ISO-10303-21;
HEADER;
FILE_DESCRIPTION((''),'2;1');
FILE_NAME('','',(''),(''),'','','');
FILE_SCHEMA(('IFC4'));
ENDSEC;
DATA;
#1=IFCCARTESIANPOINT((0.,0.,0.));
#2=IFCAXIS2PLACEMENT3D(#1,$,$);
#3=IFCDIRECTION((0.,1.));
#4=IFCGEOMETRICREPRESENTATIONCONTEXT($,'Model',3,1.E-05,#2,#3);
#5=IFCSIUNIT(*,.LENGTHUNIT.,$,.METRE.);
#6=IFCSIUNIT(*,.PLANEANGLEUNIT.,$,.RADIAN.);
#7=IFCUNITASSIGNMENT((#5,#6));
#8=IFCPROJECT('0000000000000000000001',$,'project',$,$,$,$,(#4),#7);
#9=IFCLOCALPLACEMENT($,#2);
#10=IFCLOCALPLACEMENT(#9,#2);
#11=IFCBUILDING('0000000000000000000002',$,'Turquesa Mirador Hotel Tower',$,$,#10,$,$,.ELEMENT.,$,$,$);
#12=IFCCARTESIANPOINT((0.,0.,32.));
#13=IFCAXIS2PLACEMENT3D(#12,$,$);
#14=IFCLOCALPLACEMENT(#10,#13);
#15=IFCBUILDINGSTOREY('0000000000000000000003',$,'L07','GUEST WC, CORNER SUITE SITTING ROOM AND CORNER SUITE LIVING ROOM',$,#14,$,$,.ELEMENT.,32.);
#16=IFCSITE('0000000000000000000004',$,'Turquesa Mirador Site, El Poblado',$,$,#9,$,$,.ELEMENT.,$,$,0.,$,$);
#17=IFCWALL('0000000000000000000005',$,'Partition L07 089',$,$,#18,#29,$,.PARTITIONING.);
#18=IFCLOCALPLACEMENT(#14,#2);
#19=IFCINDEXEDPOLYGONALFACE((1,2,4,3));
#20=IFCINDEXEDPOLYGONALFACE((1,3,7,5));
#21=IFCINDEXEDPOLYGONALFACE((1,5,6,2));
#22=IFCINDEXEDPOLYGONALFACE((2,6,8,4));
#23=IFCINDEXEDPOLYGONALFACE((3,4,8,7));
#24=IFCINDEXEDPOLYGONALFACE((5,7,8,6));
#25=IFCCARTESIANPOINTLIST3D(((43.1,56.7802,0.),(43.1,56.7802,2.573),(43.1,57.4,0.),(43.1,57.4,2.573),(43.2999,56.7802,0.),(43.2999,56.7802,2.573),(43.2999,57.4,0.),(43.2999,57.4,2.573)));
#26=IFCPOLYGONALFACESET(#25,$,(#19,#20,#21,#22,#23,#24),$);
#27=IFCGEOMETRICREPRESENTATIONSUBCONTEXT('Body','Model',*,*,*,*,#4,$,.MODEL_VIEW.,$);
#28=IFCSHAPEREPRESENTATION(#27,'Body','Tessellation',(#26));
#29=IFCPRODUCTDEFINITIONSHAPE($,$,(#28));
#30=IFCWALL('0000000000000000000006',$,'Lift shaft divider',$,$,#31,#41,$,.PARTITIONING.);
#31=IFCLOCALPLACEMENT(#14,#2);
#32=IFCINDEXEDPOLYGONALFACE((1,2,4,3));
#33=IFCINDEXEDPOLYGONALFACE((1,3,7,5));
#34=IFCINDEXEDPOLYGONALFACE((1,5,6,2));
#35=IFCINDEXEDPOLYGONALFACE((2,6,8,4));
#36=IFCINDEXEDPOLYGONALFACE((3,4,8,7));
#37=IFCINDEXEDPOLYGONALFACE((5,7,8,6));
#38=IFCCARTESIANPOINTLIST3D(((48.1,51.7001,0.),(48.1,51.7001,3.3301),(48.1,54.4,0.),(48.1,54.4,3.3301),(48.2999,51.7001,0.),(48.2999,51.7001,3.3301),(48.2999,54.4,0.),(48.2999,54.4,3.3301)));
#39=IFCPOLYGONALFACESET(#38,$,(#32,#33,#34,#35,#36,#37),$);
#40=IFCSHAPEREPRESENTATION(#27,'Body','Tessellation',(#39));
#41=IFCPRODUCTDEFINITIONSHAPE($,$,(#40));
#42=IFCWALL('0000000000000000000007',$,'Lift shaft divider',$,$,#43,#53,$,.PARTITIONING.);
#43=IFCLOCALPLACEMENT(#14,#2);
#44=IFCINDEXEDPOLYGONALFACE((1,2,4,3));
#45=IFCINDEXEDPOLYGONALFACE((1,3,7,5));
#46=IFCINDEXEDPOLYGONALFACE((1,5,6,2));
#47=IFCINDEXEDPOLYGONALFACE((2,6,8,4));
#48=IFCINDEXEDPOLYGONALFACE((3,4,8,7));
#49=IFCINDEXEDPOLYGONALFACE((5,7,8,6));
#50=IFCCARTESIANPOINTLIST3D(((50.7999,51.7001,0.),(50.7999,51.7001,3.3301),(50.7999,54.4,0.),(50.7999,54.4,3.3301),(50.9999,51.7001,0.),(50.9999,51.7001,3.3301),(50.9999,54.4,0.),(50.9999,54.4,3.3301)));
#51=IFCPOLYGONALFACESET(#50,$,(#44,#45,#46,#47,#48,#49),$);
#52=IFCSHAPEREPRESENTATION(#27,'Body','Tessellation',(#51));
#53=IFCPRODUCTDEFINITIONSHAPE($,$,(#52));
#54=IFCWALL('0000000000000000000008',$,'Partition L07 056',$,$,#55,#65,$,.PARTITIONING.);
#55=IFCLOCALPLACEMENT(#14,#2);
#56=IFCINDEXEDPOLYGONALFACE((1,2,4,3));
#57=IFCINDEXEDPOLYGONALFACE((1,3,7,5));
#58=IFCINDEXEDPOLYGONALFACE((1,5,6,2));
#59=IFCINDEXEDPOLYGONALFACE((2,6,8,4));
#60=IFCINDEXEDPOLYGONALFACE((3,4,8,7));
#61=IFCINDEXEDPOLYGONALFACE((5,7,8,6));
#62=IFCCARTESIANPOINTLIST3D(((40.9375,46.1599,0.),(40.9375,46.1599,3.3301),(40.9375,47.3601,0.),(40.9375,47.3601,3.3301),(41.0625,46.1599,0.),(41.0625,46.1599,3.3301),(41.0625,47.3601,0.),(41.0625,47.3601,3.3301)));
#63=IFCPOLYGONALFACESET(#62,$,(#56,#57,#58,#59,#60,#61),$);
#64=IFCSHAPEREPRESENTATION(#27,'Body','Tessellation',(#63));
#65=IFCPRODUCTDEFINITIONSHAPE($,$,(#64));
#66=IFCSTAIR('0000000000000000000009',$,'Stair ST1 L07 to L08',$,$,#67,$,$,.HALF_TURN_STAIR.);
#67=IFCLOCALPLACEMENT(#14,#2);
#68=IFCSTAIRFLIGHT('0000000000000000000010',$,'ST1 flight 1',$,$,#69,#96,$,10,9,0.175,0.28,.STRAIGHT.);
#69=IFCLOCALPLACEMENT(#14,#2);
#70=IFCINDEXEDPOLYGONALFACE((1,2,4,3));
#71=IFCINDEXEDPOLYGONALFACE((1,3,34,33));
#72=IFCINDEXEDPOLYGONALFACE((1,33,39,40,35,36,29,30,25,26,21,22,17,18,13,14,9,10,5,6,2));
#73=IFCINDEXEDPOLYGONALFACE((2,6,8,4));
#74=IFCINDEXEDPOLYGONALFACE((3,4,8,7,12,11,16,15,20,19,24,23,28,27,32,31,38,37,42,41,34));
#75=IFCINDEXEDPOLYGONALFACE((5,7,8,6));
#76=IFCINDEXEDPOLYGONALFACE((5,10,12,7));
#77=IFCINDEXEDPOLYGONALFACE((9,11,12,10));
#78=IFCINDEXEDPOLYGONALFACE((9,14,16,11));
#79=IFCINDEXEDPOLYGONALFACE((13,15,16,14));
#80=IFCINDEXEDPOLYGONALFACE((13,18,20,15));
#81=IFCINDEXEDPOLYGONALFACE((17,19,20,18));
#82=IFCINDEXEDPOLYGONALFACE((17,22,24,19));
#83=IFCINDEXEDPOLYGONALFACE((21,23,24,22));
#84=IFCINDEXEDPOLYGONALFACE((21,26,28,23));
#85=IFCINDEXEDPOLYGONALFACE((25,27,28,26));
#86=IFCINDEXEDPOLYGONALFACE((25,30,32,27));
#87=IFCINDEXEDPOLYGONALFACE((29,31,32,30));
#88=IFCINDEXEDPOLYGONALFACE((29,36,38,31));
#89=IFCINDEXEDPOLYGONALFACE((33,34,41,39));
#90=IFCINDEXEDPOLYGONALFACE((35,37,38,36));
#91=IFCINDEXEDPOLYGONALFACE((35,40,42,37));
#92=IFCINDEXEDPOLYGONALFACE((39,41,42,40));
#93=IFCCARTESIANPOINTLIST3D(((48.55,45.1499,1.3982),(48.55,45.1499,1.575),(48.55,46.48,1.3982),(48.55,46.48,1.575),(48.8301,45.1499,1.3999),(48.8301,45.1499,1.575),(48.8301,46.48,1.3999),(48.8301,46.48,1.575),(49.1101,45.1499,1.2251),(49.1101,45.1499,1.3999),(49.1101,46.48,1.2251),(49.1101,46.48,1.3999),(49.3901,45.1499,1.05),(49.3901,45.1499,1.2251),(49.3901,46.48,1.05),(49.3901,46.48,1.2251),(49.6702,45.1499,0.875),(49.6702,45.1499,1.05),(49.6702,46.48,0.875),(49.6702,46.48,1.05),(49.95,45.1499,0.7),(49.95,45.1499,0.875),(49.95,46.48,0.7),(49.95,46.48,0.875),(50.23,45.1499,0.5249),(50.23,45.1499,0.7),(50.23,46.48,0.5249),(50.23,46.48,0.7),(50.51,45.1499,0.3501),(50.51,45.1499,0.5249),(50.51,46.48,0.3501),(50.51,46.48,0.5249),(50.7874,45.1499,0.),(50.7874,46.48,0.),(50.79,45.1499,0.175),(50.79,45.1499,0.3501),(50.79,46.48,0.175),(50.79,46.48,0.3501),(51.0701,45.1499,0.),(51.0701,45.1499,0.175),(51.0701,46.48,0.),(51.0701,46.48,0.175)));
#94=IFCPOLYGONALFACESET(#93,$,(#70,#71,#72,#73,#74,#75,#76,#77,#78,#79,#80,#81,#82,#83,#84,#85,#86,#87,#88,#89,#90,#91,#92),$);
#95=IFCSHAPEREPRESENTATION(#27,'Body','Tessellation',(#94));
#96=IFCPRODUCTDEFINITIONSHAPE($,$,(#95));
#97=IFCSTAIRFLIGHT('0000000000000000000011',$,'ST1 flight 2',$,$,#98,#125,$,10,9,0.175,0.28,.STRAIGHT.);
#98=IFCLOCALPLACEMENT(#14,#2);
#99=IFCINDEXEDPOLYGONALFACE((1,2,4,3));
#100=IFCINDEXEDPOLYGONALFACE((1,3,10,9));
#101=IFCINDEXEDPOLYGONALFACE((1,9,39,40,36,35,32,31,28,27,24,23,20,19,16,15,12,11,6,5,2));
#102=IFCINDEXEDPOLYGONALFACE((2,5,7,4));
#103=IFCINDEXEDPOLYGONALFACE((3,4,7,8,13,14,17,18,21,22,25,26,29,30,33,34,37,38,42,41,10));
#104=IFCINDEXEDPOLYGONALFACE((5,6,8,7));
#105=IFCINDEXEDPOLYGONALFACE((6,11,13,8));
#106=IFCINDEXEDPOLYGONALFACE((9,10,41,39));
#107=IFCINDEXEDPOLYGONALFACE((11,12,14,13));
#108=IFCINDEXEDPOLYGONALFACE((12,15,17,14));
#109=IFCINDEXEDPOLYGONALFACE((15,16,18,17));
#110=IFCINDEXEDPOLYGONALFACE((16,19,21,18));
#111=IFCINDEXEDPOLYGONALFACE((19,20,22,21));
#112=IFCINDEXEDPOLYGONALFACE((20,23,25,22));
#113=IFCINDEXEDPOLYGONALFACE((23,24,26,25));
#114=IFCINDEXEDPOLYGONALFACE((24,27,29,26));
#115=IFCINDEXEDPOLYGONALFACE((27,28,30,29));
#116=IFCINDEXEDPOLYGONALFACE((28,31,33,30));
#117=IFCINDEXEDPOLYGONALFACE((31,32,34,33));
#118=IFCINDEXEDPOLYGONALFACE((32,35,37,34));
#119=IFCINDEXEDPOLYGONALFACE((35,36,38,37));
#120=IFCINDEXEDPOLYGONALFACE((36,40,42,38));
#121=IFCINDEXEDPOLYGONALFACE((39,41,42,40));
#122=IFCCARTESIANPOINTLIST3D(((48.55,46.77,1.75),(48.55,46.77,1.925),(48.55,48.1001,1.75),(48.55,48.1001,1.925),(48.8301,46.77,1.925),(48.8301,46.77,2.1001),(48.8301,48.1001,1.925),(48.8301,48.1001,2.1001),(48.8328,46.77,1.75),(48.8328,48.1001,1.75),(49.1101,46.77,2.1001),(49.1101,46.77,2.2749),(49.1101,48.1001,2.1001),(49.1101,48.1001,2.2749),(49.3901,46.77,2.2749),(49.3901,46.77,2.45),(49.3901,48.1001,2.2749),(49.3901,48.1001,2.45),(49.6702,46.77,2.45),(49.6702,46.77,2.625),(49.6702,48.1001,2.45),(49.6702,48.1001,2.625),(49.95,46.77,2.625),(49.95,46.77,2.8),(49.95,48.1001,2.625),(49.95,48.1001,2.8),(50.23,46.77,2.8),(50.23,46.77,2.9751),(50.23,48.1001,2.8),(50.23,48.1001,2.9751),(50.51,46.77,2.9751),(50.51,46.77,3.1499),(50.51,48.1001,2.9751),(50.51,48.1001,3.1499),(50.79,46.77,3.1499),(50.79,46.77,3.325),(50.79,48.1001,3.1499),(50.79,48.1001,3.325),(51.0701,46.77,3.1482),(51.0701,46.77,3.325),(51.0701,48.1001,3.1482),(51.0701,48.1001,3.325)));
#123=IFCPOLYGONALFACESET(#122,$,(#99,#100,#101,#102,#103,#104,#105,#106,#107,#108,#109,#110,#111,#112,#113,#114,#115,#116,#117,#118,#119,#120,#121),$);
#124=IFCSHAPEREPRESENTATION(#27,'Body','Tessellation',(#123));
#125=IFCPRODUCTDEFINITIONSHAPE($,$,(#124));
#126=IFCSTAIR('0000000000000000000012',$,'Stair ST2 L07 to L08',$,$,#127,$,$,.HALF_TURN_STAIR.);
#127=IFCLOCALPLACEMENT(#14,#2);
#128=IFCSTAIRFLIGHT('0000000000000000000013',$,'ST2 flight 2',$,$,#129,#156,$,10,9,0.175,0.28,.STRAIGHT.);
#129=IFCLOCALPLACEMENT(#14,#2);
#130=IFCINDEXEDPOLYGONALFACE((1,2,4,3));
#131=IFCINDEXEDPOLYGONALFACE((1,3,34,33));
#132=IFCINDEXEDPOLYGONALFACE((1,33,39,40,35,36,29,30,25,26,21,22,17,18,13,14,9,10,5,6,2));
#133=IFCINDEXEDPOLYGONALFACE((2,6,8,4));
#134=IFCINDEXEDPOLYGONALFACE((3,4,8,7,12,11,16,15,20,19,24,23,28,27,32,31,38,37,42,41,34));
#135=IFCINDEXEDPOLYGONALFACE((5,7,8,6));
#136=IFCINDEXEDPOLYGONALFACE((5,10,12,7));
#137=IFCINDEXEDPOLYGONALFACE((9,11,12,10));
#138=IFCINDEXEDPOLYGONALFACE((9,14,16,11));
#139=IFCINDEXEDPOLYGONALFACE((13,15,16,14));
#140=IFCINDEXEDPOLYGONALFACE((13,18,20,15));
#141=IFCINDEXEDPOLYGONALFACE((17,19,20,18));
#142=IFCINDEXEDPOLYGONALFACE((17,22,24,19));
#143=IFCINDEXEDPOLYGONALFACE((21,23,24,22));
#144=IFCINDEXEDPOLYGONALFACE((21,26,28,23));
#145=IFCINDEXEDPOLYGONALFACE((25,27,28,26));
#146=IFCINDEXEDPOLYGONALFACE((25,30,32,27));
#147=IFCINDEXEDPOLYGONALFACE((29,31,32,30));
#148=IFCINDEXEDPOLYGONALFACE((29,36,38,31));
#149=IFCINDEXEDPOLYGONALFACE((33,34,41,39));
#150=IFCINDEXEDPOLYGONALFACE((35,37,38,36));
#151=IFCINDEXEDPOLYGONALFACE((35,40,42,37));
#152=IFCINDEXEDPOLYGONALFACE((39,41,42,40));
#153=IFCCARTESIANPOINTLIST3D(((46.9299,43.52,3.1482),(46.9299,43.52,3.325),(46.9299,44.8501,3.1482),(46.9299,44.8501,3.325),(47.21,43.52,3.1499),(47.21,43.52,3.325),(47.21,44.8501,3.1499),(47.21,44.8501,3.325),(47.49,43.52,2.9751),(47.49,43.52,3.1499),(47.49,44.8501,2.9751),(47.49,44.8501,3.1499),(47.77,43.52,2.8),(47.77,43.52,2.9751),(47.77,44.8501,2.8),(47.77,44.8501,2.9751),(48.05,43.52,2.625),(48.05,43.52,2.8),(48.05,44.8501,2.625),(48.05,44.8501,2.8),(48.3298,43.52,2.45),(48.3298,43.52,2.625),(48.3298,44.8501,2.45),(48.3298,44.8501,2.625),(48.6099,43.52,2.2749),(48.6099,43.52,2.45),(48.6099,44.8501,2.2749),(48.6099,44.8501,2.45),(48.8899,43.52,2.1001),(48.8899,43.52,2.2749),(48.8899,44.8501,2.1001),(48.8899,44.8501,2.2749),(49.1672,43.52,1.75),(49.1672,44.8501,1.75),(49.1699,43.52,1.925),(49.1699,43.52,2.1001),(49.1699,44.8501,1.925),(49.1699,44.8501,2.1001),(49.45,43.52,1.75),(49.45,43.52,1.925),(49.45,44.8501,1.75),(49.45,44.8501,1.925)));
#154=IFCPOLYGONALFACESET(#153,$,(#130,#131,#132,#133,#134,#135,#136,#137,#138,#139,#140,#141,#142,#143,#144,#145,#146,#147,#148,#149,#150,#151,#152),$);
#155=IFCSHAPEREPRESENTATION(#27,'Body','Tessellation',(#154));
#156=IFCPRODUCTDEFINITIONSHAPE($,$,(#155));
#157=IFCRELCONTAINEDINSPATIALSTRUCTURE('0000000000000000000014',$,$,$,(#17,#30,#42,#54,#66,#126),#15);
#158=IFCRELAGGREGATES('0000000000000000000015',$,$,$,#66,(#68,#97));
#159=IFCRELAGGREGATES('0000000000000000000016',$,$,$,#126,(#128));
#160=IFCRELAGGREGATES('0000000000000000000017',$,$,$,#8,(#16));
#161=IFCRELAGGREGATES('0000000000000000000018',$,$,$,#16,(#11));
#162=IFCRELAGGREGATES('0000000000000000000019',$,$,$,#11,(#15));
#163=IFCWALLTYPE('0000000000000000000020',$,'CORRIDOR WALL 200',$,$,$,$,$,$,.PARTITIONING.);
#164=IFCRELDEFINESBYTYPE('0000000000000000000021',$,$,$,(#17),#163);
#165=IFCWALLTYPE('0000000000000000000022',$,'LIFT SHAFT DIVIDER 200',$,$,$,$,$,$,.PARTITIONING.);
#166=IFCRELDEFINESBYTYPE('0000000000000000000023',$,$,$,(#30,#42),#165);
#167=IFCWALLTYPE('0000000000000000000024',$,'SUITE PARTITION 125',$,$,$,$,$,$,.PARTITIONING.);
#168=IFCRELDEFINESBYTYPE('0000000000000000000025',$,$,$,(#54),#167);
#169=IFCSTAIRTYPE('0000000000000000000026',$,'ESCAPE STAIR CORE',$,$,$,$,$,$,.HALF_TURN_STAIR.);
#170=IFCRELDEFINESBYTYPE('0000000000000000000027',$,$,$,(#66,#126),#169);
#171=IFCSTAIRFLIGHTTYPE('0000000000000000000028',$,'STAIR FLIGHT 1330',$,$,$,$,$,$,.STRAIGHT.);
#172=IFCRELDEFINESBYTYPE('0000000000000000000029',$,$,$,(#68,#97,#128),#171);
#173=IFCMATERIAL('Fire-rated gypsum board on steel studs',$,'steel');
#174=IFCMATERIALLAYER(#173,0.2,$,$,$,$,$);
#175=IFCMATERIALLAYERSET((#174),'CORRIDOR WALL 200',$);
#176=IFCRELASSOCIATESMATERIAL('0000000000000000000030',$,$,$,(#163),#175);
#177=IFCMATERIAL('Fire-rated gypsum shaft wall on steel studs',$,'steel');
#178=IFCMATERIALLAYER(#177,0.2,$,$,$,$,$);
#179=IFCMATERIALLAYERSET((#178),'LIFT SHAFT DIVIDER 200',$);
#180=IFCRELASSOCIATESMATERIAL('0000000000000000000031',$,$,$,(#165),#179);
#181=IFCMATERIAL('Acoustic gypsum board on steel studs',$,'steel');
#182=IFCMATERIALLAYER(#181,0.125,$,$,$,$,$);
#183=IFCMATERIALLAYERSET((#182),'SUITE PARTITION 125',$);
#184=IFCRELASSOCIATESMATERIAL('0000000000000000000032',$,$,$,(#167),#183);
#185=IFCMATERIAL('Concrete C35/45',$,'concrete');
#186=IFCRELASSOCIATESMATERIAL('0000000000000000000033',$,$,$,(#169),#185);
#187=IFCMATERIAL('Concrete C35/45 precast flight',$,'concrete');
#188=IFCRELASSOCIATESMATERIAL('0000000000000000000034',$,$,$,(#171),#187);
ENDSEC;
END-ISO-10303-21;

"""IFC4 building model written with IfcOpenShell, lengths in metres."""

from ifc_helpers import new_model, si_unit, direction, frame, frame_2d, origin, place, context, subcontext, project, spatial, polyline, rectangle, outline, extrude, material, layer, layer_set, type_object, element, aggregate, save


model = new_model("IFC4")

# Units and contexts
model_context = context("Model", 3, precision=1e-05, world=origin(), true_north=direction((0.0, 1.0)))
body_context = subcontext(model_context, "Body", "Model", "MODEL_VIEW")
ifc_project = project(units=[si_unit("LENGTHUNIT", "METRE"), si_unit("PLANEANGLEUNIT", "RADIAN")], contexts=[model_context])

# Site, building, storey
site_placement = place(None, origin())
site = spatial("IfcSite", under=ifc_project, at=site_placement, Name="Turquesa Mirador Site, El Poblado", CompositionType="ELEMENT", RefElevation=0.0)
building_placement = place(site_placement, origin())
building = spatial("IfcBuilding", under=site, at=building_placement, Name="Turquesa Mirador Hotel Tower", CompositionType="ELEMENT")
storey_placement = place(building_placement, frame((0.0, 0.0, 32.0)))
storey = spatial("IfcBuildingStorey", under=building, at=storey_placement, Name="L07", Description="GUEST WC, CORNER SUITE SITTING ROOM AND CORNER SUITE LIVING ROOM", CompositionType="ELEMENT", Elevation=32.0)

# Walls
ifc_material_1 = material(Name="Fire-rated gypsum board on steel studs", Category="steel")
ifc_layer_1 = layer(ifc_material_1, 0.2)
ifc_layer_set_1 = layer_set([ifc_layer_1], Name="CORRIDOR WALL 200")
wall_type_1 = type_object("IfcWallType", Name="CORRIDOR WALL 200", PredefinedType="PARTITIONING", material=ifc_layer_set_1)
wall_1_placement = place(storey_placement, frame((43.2, 56.78, 0.0), z_axis=(0.0, 0.0, 1.0), x_axis=(0.0, 1.0, 0.0)))
element("IfcWall", 1, at=wall_1_placement, inside=storey, type_object=wall_type_1, Name="Partition L07 089", PredefinedType="PARTITIONING", context=body_context, shape_type="SweptSolid", body=[
    extrude(rectangle(XDim=0.6199, YDim=0.2, at=frame_2d((0.3101, 0.0))), origin(), (0.0, 0.0, 1.0), 2.573),
])
ifc_material_2 = material(Name="Fire-rated gypsum shaft wall on steel studs", Category="steel")
ifc_layer_2 = layer(ifc_material_2, 0.2)
ifc_layer_set_2 = layer_set([ifc_layer_2], Name="LIFT SHAFT DIVIDER 200")
wall_type_2 = type_object("IfcWallType", Name="LIFT SHAFT DIVIDER 200", PredefinedType="PARTITIONING", material=ifc_layer_set_2)
for number, where, z_axis, x_axis, name in (
    (2, (48.2, 51.7, 0.0), (0.0, 0.0, 1.0), (0.0, 1.0, 0.0), "Lift shaft divider"),
    (3, (50.8999, 51.7, 0.0), (0.0, 0.0, 1.0), (0.0, 1.0, 0.0), "Lift shaft divider"),
):
    element("IfcWall", number, at=place(storey_placement, frame(where, z_axis=z_axis, x_axis=x_axis)), inside=storey, type_object=wall_type_2, Name=name, PredefinedType="PARTITIONING", context=body_context, shape_type="SweptSolid", body=[
        extrude(rectangle(XDim=2.7, YDim=0.2, at=frame_2d((1.3501, 0.0))), origin(), (0.0, 0.0, 1.0), 3.3301),
    ])
ifc_material_3 = material(Name="Acoustic gypsum board on steel studs", Category="steel")
ifc_layer_3 = layer(ifc_material_3, 0.125)
ifc_layer_set_3 = layer_set([ifc_layer_3], Name="SUITE PARTITION 125")
wall_type_3 = type_object("IfcWallType", Name="SUITE PARTITION 125", PredefinedType="PARTITIONING", material=ifc_layer_set_3)
wall_2_placement = place(storey_placement, frame((41.0, 46.1599, 0.0), z_axis=(0.0, 0.0, 1.0), x_axis=(0.0, 1.0, 0.0)))
element("IfcWall", 4, at=wall_2_placement, inside=storey, type_object=wall_type_3, Name="Partition L07 056", PredefinedType="PARTITIONING", context=body_context, shape_type="SweptSolid", body=[
    extrude(rectangle(XDim=1.2002, YDim=0.125, at=frame_2d((0.6001, 0.0))), origin(), (0.0, 0.0, 1.0), 3.3301),
])

# Stair, stair flights
ifc_material_4 = material(Name="Concrete C35/45", Category="concrete")
stair_type = type_object("IfcStairType", Name="ESCAPE STAIR CORE", PredefinedType="HALF_TURN_STAIR", material=ifc_material_4)
stair_1_placement = place(storey_placement, origin())
stair_1 = element("IfcStair", 5, at=stair_1_placement, inside=storey, type_object=stair_type, Name="Stair ST1 L07 to L08", PredefinedType="HALF_TURN_STAIR")
ifc_material_5 = material(Name="Concrete C35/45 precast flight", Category="concrete")
stair_flight_type = type_object("IfcStairFlightType", Name="STAIR FLIGHT 1330", PredefinedType="STRAIGHT", material=ifc_material_5)
stair_flight_1_placement = place(storey_placement, frame((51.0701, 45.8149, 0.0), z_axis=(0.0, 0.0, 1.0), x_axis=(-1.0, 0.0, 0.0)))
stair_flight_1 = element("IfcStairFlight", 6, at=stair_flight_1_placement, type_object=stair_flight_type, Name="ST1 flight 1", NumberOfRisers=10, NumberOfTreads=9, PredefinedType="STRAIGHT", RiserHeight=0.175, TreadLength=0.28, context=body_context, shape_type="SweptSolid", body=[
    extrude(outline(polyline([(0.0, 0.0), (0.0, 0.175), (0.28, 0.175), (0.28, 0.3501), (0.5601, 0.3501), (0.5601, 0.5249), (0.8401, 0.5249), (0.8401, 0.7), (1.1201, 0.7), (1.1201, 0.875), (1.3999, 0.875), (1.3999, 1.05), (1.6799, 1.05), (1.6799, 1.2251), (1.96, 1.2251), (1.96, 1.3999), (2.24, 1.3999), (2.24, 1.575), (2.52, 1.575), (2.52, 1.75), (2.52, 1.3982), (0.2827, 0.0), (0.0, 0.0)])), frame((0.0, 0.665, 0.0), z_axis=(0.0, -1.0, 0.0), x_axis=(1.0, 0.0, 0.0)), (0.0, 0.0, 1.0), 1.3301),
])
stair_flight_2_placement = place(storey_placement, frame((48.55, 47.4351, 1.75), z_axis=(0.0, 0.0, 1.0), x_axis=(1.0, 0.0, 0.0)))
stair_flight_2 = element("IfcStairFlight", 7, at=stair_flight_2_placement, type_object=stair_flight_type, Name="ST1 flight 2", NumberOfRisers=10, NumberOfTreads=9, PredefinedType="STRAIGHT", RiserHeight=0.175, TreadLength=0.28, context=body_context, shape_type="SweptSolid", body=[
    extrude(outline(polyline([(0.0, 0.0), (0.0, 0.175), (0.28, 0.175), (0.28, 0.3501), (0.5601, 0.3501), (0.5601, 0.5249), (0.8401, 0.5249), (0.8401, 0.7), (1.1201, 0.7), (1.1201, 0.875), (1.3999, 0.875), (1.3999, 1.05), (1.6799, 1.05), (1.6799, 1.2251), (1.96, 1.2251), (1.96, 1.3999), (2.24, 1.3999), (2.24, 1.575), (2.52, 1.575), (2.52, 1.75), (2.52, 1.3982), (0.2827, 0.0), (0.0, 0.0)])), frame((0.0, 0.665, 0.0), z_axis=(0.0, -1.0, 0.0), x_axis=(1.0, 0.0, 0.0)), (0.0, 0.0, 1.0), 1.3301),
])
aggregate(stair_1, [stair_flight_1, stair_flight_2])

# Stair, stair flight
stair_2_placement = place(storey_placement, origin())
stair_2 = element("IfcStair", 8, at=stair_2_placement, inside=storey, type_object=stair_type, Name="Stair ST2 L07 to L08", PredefinedType="HALF_TURN_STAIR")
stair_flight_3_placement = place(storey_placement, frame((49.45, 44.1851, 1.75), z_axis=(0.0, 0.0, 1.0), x_axis=(-1.0, 0.0, 0.0)))
stair_flight_3 = element("IfcStairFlight", 9, at=stair_flight_3_placement, type_object=stair_flight_type, Name="ST2 flight 2", NumberOfRisers=10, NumberOfTreads=9, PredefinedType="STRAIGHT", RiserHeight=0.175, TreadLength=0.28, context=body_context, shape_type="SweptSolid", body=[
    extrude(outline(polyline([(0.0, 0.0), (0.0, 0.175), (0.28, 0.175), (0.28, 0.3501), (0.5601, 0.3501), (0.5601, 0.5249), (0.8401, 0.5249), (0.8401, 0.7), (1.1201, 0.7), (1.1201, 0.875), (1.3999, 0.875), (1.3999, 1.05), (1.6799, 1.05), (1.6799, 1.2251), (1.96, 1.2251), (1.96, 1.3999), (2.24, 1.3999), (2.24, 1.575), (2.52, 1.575), (2.52, 1.75), (2.52, 1.3982), (0.2827, 0.0), (0.0, 0.0)])), frame((0.0, 0.665, 0.0), z_axis=(0.0, -1.0, 0.0), x_axis=(1.0, 0.0, 0.0)), (0.0, 0.0, 1.0), 1.3301),
])
aggregate(stair_2, [stair_flight_3])

save(model, "model.ifc")
